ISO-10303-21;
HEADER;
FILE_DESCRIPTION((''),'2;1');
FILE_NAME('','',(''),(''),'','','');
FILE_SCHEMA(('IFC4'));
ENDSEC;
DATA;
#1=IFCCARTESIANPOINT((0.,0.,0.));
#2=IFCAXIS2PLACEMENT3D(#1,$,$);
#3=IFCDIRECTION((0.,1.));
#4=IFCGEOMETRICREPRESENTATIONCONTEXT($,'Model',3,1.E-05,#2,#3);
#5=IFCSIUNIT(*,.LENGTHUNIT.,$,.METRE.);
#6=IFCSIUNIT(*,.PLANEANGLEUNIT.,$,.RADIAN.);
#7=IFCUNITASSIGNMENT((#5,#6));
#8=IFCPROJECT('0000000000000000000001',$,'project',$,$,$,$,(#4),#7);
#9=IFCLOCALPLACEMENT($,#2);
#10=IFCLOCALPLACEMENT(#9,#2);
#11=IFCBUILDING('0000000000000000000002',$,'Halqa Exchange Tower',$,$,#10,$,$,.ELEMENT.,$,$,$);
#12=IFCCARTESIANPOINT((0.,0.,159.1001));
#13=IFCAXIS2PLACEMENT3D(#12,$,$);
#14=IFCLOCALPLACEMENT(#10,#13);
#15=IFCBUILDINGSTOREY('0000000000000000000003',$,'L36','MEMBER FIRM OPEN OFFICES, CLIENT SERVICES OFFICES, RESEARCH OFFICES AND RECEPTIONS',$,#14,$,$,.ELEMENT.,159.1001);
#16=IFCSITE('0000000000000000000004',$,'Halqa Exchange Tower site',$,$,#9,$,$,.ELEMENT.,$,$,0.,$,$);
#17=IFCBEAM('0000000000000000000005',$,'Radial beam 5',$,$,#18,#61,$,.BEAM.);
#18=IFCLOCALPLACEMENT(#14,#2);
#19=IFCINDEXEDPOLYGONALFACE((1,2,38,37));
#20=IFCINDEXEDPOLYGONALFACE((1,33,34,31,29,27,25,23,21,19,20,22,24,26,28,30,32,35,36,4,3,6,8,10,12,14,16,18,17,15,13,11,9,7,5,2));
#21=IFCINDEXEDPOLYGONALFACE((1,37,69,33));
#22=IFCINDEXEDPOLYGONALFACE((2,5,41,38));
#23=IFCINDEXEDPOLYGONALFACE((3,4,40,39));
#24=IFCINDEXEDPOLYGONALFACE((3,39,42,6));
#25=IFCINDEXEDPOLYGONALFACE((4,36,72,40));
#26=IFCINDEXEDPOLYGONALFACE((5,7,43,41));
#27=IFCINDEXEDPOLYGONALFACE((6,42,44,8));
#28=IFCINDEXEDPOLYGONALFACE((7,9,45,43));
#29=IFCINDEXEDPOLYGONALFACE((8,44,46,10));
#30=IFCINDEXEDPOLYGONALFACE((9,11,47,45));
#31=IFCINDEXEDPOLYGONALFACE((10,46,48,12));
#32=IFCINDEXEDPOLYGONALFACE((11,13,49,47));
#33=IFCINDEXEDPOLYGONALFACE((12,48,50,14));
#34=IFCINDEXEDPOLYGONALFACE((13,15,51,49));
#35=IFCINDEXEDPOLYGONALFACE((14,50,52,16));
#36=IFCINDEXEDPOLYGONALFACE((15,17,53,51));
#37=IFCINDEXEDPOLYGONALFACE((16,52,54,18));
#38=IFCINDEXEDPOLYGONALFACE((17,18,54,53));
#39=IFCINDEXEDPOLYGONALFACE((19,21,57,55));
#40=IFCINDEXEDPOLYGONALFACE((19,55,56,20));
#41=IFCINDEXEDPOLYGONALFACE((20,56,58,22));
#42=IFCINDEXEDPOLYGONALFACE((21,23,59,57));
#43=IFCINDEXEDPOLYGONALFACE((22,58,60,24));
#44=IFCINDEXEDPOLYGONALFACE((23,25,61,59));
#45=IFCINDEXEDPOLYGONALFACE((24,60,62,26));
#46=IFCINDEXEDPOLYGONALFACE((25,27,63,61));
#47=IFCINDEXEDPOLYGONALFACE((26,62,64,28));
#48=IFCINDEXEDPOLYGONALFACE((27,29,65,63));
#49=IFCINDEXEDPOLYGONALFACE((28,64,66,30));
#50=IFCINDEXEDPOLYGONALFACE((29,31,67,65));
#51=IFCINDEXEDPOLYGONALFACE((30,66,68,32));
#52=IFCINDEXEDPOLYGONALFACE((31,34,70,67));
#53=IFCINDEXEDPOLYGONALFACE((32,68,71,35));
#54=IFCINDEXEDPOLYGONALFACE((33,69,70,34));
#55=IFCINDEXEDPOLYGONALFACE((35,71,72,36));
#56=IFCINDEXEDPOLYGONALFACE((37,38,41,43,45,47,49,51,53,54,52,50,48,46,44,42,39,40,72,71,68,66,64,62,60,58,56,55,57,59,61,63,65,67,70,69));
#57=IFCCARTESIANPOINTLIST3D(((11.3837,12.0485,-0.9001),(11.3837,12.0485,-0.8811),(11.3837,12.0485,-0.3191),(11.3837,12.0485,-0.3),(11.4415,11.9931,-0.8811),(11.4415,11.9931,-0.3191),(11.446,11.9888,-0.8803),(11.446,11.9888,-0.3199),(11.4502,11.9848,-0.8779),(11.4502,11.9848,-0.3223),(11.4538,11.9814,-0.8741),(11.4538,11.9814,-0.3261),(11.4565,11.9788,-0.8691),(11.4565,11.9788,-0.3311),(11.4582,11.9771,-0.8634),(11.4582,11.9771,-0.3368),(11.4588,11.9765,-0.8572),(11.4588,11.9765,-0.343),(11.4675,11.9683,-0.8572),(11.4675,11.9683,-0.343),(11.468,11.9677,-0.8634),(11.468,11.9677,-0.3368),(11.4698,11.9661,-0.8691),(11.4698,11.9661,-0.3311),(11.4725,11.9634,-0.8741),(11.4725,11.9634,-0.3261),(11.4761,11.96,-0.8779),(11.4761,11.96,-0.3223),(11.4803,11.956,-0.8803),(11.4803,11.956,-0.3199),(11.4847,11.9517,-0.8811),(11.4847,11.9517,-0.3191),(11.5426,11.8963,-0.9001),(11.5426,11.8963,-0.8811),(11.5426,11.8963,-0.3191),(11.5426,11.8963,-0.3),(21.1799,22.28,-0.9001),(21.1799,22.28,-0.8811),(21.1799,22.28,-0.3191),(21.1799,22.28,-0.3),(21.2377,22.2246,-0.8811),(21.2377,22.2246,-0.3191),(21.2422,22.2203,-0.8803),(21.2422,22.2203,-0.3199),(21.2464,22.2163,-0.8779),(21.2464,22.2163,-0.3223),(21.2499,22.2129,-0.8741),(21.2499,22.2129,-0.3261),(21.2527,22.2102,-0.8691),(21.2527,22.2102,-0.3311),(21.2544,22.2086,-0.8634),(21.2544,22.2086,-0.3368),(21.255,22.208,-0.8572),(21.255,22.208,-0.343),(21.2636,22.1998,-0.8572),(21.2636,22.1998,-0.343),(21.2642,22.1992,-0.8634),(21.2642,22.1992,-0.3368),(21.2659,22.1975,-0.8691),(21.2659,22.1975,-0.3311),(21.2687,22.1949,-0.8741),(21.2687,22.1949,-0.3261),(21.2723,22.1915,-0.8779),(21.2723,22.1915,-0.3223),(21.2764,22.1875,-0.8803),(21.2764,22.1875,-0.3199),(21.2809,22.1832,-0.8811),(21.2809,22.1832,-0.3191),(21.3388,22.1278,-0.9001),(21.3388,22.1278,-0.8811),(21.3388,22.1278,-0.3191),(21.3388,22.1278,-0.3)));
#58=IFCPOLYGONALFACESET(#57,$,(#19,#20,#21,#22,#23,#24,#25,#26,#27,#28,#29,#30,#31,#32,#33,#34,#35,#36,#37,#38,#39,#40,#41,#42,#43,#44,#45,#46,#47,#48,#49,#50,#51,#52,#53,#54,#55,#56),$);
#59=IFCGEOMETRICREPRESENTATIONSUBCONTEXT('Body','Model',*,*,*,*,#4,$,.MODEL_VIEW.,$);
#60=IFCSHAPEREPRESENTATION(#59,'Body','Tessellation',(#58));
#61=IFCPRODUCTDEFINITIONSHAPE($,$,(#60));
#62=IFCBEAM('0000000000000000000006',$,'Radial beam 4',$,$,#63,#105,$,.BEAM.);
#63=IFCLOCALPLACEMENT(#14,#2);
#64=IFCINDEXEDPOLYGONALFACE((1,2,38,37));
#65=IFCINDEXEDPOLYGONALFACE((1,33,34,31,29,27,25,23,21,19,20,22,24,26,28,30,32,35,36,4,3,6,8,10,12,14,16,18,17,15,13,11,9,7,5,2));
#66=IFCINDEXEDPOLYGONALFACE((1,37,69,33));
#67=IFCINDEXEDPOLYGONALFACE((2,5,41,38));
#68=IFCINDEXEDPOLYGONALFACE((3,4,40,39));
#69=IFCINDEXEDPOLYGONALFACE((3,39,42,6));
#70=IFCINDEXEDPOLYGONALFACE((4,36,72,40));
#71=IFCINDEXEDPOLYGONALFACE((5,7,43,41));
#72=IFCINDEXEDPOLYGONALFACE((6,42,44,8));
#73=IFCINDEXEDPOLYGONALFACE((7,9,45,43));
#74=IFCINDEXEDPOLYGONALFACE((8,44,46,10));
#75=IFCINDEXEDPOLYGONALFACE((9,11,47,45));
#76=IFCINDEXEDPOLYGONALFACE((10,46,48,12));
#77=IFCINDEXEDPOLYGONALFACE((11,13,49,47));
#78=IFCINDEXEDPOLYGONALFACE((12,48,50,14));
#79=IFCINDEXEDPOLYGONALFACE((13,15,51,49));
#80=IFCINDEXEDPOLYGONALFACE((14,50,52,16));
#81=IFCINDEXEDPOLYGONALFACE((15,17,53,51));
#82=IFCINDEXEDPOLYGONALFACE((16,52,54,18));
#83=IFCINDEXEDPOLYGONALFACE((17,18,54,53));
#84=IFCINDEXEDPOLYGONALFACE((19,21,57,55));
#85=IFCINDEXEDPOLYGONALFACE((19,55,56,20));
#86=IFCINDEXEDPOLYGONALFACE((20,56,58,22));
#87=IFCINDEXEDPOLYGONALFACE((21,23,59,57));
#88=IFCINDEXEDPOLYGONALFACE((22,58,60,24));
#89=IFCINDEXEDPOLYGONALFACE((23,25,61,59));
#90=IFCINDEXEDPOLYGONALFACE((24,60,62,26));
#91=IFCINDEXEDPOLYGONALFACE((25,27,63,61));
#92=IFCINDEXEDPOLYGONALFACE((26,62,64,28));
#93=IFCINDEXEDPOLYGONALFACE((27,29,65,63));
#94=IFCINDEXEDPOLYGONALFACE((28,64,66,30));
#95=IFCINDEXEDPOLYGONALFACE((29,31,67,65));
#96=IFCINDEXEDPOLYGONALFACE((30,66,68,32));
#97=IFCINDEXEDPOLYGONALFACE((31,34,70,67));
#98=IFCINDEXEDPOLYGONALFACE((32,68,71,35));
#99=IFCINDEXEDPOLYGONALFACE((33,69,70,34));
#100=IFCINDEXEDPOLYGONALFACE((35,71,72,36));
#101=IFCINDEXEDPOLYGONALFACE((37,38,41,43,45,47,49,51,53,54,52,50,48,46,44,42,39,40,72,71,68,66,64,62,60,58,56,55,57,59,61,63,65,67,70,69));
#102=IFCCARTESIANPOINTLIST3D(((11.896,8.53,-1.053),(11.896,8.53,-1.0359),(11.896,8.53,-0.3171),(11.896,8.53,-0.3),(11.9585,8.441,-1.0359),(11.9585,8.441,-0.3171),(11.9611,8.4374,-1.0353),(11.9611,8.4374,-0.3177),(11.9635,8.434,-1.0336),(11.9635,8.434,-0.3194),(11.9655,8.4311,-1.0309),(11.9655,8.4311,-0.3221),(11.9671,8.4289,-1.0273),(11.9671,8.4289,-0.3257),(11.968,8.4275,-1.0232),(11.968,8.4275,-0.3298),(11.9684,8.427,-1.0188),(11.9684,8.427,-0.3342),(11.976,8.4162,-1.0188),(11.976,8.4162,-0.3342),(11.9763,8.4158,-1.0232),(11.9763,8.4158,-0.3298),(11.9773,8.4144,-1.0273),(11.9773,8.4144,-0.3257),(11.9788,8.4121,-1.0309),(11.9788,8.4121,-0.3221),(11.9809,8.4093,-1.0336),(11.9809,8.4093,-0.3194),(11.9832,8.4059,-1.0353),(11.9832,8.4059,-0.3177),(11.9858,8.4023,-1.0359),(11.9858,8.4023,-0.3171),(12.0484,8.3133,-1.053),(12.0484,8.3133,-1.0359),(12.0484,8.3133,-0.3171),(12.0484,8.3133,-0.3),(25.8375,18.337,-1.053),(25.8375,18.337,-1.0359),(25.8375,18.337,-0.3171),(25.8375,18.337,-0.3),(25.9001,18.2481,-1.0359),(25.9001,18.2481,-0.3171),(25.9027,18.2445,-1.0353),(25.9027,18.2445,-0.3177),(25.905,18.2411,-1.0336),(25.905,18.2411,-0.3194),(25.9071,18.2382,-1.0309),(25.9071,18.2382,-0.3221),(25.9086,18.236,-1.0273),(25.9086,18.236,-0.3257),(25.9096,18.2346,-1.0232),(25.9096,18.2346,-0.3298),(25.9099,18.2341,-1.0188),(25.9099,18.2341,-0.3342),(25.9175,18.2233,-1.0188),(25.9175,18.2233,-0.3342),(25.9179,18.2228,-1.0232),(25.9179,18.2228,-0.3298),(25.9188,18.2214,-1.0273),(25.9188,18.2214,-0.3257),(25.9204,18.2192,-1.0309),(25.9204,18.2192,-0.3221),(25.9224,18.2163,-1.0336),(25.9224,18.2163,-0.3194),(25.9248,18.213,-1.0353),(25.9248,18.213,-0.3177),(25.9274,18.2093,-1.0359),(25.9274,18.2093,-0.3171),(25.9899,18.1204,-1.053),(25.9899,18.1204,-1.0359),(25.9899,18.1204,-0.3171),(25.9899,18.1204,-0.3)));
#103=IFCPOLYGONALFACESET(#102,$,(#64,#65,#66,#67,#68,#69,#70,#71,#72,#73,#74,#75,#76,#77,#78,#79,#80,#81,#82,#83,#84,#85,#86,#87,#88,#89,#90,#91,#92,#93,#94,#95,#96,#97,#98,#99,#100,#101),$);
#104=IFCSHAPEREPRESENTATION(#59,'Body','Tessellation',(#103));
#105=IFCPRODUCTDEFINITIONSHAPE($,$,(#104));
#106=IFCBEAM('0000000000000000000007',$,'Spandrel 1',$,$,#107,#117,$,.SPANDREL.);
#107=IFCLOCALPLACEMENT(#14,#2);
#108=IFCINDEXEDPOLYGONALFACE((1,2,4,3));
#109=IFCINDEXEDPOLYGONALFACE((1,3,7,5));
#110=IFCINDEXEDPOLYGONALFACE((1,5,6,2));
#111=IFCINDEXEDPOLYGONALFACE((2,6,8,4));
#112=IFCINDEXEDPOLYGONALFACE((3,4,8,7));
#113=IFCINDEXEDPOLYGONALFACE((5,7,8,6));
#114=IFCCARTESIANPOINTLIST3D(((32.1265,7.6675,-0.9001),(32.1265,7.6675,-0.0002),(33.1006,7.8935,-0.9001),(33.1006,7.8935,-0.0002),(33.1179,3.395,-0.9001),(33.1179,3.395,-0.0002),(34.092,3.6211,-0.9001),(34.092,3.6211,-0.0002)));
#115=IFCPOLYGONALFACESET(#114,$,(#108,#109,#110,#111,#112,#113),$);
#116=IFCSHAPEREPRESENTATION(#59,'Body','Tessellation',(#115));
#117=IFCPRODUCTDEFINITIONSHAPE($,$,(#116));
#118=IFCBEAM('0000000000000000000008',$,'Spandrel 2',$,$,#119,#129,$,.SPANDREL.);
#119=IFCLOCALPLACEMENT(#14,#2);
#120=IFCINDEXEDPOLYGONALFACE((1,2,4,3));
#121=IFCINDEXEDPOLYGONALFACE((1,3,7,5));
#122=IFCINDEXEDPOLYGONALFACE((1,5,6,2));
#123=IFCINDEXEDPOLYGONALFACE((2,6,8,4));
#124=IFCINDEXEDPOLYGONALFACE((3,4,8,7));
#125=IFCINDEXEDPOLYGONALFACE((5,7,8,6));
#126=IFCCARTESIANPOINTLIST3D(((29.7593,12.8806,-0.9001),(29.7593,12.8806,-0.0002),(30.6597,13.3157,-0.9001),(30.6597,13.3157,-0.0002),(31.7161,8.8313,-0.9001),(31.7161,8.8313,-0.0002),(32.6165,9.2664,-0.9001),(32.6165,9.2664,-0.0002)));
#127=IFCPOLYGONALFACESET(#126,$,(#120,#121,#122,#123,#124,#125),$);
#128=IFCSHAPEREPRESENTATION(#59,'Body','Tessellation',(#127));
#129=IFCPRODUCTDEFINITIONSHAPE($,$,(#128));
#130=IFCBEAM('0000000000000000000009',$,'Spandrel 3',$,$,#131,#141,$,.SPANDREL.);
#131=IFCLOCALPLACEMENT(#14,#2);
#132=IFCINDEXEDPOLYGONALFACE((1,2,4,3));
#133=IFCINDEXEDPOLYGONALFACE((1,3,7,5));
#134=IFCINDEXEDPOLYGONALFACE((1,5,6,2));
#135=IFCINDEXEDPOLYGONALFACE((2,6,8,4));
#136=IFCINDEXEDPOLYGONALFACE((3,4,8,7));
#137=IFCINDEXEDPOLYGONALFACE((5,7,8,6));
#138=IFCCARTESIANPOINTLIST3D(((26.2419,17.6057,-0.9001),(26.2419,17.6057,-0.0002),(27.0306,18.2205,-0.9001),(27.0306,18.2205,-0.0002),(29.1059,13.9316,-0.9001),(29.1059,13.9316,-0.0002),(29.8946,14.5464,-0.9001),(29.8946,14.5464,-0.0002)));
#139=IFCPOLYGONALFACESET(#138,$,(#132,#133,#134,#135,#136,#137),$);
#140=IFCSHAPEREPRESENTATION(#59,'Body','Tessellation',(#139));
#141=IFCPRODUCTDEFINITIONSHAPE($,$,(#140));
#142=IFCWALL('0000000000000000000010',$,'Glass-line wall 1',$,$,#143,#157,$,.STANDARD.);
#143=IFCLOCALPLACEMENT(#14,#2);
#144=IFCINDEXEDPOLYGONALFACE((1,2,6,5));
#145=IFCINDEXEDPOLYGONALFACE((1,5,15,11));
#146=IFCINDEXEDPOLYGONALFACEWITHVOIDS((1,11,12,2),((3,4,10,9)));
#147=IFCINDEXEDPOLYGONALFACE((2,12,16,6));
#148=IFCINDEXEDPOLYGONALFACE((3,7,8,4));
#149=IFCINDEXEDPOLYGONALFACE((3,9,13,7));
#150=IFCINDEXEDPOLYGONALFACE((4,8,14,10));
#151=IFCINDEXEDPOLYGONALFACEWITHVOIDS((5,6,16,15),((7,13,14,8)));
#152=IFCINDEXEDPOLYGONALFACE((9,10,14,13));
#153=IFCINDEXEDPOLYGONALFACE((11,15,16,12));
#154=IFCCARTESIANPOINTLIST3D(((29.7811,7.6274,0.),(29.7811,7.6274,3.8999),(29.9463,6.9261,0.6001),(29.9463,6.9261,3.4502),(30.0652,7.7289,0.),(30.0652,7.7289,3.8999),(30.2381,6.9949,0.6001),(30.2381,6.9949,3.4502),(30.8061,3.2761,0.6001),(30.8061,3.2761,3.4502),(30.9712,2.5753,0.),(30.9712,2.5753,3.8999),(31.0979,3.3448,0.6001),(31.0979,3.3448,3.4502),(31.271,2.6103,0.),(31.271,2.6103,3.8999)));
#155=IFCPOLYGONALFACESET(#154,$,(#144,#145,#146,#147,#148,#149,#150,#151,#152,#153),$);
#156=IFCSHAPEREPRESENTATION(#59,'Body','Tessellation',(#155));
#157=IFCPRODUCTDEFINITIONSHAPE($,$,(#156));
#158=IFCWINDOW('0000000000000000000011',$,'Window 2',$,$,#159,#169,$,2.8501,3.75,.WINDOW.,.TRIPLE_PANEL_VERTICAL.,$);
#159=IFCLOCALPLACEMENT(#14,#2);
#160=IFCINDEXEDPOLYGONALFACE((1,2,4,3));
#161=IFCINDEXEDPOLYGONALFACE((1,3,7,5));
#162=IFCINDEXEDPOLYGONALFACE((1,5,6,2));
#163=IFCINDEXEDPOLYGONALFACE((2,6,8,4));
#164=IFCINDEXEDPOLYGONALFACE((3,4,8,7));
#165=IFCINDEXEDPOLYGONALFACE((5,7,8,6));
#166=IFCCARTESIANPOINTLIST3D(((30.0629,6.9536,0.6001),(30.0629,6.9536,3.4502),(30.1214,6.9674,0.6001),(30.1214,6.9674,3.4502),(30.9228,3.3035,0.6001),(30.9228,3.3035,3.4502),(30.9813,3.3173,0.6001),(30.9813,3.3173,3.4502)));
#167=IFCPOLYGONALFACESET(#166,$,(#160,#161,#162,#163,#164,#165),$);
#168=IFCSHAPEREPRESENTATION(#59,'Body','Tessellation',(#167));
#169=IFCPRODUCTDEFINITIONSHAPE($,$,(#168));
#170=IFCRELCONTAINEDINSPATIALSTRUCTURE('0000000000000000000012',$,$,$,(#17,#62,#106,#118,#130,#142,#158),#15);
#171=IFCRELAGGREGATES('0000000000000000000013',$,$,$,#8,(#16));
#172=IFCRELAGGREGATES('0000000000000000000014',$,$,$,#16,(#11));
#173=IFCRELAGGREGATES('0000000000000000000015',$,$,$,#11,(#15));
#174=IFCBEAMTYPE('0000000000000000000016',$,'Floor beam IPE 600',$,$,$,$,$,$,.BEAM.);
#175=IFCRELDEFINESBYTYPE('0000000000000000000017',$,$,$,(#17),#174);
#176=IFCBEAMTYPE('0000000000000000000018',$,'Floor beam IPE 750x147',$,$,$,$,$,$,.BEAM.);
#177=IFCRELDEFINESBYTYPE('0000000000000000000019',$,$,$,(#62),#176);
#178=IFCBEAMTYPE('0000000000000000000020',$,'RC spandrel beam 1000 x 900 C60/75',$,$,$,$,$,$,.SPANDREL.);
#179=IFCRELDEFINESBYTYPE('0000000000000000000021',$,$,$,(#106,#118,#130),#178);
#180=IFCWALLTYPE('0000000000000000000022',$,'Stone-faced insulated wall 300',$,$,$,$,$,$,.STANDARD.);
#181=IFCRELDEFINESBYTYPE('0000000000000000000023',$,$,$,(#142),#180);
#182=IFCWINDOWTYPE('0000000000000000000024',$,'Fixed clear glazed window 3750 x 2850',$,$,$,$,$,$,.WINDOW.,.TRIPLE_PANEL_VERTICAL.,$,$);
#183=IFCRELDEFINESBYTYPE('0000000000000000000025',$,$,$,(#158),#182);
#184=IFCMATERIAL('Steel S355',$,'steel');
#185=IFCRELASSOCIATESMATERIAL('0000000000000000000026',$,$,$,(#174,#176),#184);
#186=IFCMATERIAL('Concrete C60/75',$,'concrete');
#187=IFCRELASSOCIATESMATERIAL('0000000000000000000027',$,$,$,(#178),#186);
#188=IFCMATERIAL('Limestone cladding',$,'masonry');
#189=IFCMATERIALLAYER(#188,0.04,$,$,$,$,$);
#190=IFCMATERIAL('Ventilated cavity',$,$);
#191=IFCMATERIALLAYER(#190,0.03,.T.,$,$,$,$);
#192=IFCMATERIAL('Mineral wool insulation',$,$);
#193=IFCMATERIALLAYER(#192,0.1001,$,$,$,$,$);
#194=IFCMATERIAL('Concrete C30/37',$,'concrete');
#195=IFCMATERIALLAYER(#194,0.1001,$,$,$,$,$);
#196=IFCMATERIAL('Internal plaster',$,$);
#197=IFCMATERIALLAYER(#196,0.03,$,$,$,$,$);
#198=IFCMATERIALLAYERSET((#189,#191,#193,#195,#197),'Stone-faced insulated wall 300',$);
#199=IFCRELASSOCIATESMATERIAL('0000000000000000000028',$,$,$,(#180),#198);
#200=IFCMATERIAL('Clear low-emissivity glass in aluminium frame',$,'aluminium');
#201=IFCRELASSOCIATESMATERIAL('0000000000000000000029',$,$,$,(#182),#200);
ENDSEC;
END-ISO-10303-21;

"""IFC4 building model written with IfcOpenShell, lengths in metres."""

from ifc_helpers import new_model, si_unit, direction, frame, frame_2d, origin, origin_2d, place, context, subcontext, project, spatial, polyline, rectangle, i_section, outline, extrude, material, layer, layer_set, material_profile, profile_set, type_object, element, fill, save


model = new_model("IFC4")

# Units and contexts
model_context = context("Model", 3, precision=1e-05, world=origin(), true_north=direction((0.0, 1.0)))
body_context = subcontext(model_context, "Body", "Model", "MODEL_VIEW")
ifc_project = project(units=[si_unit("LENGTHUNIT", "METRE"), si_unit("PLANEANGLEUNIT", "RADIAN")], contexts=[model_context])

# Site, building, storey
site_placement = place(None, origin())
site = spatial("IfcSite", under=ifc_project, at=site_placement, Name="Halqa Exchange Tower site", CompositionType="ELEMENT", RefElevation=0.0)
building_placement = place(site_placement, origin())
building = spatial("IfcBuilding", under=site, at=building_placement, Name="Halqa Exchange Tower", CompositionType="ELEMENT")
storey_placement = place(building_placement, frame((0.0, 0.0, 159.1001)))
storey = spatial("IfcBuildingStorey", under=building, at=storey_placement, Name="L36", Description="MEMBER FIRM OPEN OFFICES, CLIENT SERVICES OFFICES, RESEARCH OFFICES AND RECEPTIONS", CompositionType="ELEMENT", Elevation=159.1001)

# Beams
ifc_material_1 = material(Name="Steel S355", Category="steel")
ifc_material_profile_1 = material_profile(ifc_material_1, i_section(OverallWidth=0.22, OverallDepth=0.6001, WebThickness=0.012, FlangeThickness=0.019, FilletRadius=0.0239, at=origin_2d()), Name="IPE 600")
ifc_profile_set_1 = profile_set([ifc_material_profile_1], Name="Steel S355")
beam_type_1 = type_object("IfcBeamType", Name="Floor beam IPE 600", PredefinedType="BEAM", material=ifc_profile_set_1)
beam_1_placement = place(storey_placement, frame((11.4631, 11.9724, -0.6001), z_axis=(0.691574, 0.722305, 0.0), x_axis=(-0.722305, 0.691574, 0.0)))
element("IfcBeam", 1, at=beam_1_placement, inside=storey, type_object=beam_type_1, Name="Radial beam 5", PredefinedType="BEAM", context=body_context, shape_type="SweptSolid", body=[
    extrude(i_section(OverallWidth=0.22, OverallDepth=0.6001, WebThickness=0.012, FlangeThickness=0.019, FilletRadius=0.0239, at=origin_2d()), origin(), (0.0, 0.0, 1.0), 14.165),
])
ifc_material_profile_2 = material_profile(ifc_material_1, i_section(OverallWidth=0.2649, OverallDepth=0.7529, WebThickness=0.0132, FlangeThickness=0.0171, FilletRadius=0.0171, at=origin_2d()), Name="IPE 750x147")
ifc_profile_set_2 = profile_set([ifc_material_profile_2], Name="Steel S355")
beam_type_2 = type_object("IfcBeamType", Name="Floor beam IPE 750x147", PredefinedType="BEAM", material=ifc_profile_set_2)
beam_2_placement = place(storey_placement, frame((11.9722, 8.4216, -0.6765), z_axis=(0.817908, 0.57535, 0.0), x_axis=(-0.57535, 0.817908, 0.0)))
element("IfcBeam", 2, at=beam_2_placement, inside=storey, type_object=beam_type_2, Name="Radial beam 4", PredefinedType="BEAM", context=body_context, shape_type="SweptSolid", body=[
    extrude(i_section(OverallWidth=0.2649, OverallDepth=0.7529, WebThickness=0.0132, FlangeThickness=0.0171, FilletRadius=0.0171, at=origin_2d()), origin(), (0.0, 0.0, 1.0), 17.0454),
])
ifc_material_2 = material(Name="Concrete C60/75", Category="concrete")
ifc_material_profile_3 = material_profile(ifc_material_2, rectangle(XDim=1.0, YDim=0.8999, at=origin_2d()), Name="1000 x 900")
ifc_profile_set_3 = profile_set([ifc_material_profile_3], Name="Concrete C60/75")
beam_type_3 = type_object("IfcBeamType", Name="RC spandrel beam 1000 x 900 C60/75", PredefinedType="SPANDREL", material=ifc_profile_set_3)
beam_3_placement = place(storey_placement, frame((33.605, 3.5081, -0.4502), z_axis=(-0.22605, 0.974116, 0.0), x_axis=(-0.974116, -0.22605, 0.0)))
element("IfcBeam", 3, at=beam_3_placement, inside=storey, type_object=beam_type_3, Name="Spandrel 1", PredefinedType="SPANDREL", context=body_context, shape_type="SweptSolid", body=[
    extrude(rectangle(XDim=1.0, YDim=0.8999, at=origin_2d()), origin(), (0.0, 0.0, 1.0), 4.386),
])
beam_4_placement = place(storey_placement, frame((32.1663, 9.0488, -0.4502), z_axis=(-0.4351, 0.900382, 0.0), x_axis=(-0.900382, -0.4351, 0.0)))
element("IfcBeam", 4, at=beam_4_placement, inside=storey, type_object=beam_type_3, Name="Spandrel 2", PredefinedType="SPANDREL", context=body_context, shape_type="SweptSolid", body=[
    extrude(rectangle(XDim=1.0, YDim=0.8999, at=origin_2d()), origin(), (0.0, 0.0, 1.0), 4.4973),
])
beam_5_placement = place(storey_placement, frame((29.5002, 14.239, -0.4502), z_axis=(-0.614797, 0.788686, 0.0), x_axis=(-0.788686, -0.614797, 0.0)))
element("IfcBeam", 5, at=beam_5_placement, inside=storey, type_object=beam_type_3, Name="Spandrel 3", PredefinedType="SPANDREL", context=body_context, shape_type="SweptSolid", body=[
    extrude(rectangle(XDim=1.0, YDim=0.8999, at=origin_2d()), origin(), (0.0, 0.0, 1.0), 4.6584),
])

# Wall, opening, window
ifc_material_3 = material(Name="Limestone cladding", Category="masonry")
ifc_layer_1 = layer(ifc_material_3, 0.04)
ifc_material_4 = material(Name="Ventilated cavity")
ifc_layer_2 = layer(ifc_material_4, 0.03, ventilated=True)
ifc_material_5 = material(Name="Mineral wool insulation")
ifc_layer_3 = layer(ifc_material_5, 0.1001)
ifc_material_6 = material(Name="Concrete C30/37", Category="concrete")
ifc_layer_4 = layer(ifc_material_6, 0.1001)
ifc_material_7 = material(Name="Internal plaster")
ifc_layer_5 = layer(ifc_material_7, 0.03)
ifc_layer_set = layer_set([ifc_layer_1, ifc_layer_2, ifc_layer_3, ifc_layer_4, ifc_layer_5], Name="Stone-faced insulated wall 300")
wall_type = type_object("IfcWallType", Name="Stone-faced insulated wall 300", PredefinedType="STANDARD", material=ifc_layer_set)
wall_1_placement = place(storey_placement, frame((31.1211, 2.5928, 0.0), z_axis=(0.0, 0.0, 1.0), x_axis=(-0.229297, 0.973356, 0.0)))
wall_1 = element("IfcWall", 6, at=wall_1_placement, inside=storey, type_object=wall_type, Name="Glass-line wall 1", PredefinedType="STANDARD", context=body_context, shape_type="SweptSolid", body=[
    extrude(outline(polyline([(-0.0173, -0.1499), (5.2415, -0.1499), (5.2078, 0.1499), (0.0173, 0.1499), (-0.0173, -0.1499)])), origin(), (0.0, 0.0, 1.0), 3.8999),
])
opening_1_placement = place(wall_1_placement, frame((0.7373, 0.0, 0.6001)))
opening_1 = element("IfcOpeningElement", 7, at=opening_1_placement, cuts=wall_1, PredefinedType="OPENING", context=body_context, shape_type="SweptSolid", body=[
    extrude(rectangle(XDim=3.75, YDim=2.8501, at=frame_2d((1.875, 1.425))), frame((0.0, 0.1621, 0.0), z_axis=(0.0, -1.0, 0.0), x_axis=(1.0, 0.0, 0.0)), (0.0, 0.0, 1.0), 0.324),
])
ifc_material_8 = material(Name="Clear low-emissivity glass in aluminium frame", Category="aluminium")
window_type = type_object("IfcWindowType", Name="Fixed clear glazed window 3750 x 2850", PartitioningType="TRIPLE_PANEL_VERTICAL", PredefinedType="WINDOW", material=ifc_material_8)
window_1_placement = place(opening_1_placement, origin())
window_1 = element("IfcWindow", 8, at=window_1_placement, inside=storey, type_object=window_type, Name="Window 2", OverallHeight=2.8501, OverallWidth=3.75, PartitioningType="TRIPLE_PANEL_VERTICAL", PredefinedType="WINDOW", context=body_context, shape_type="SweptSolid", body=[
    extrude(rectangle(XDim=3.75, YDim=2.8501, at=frame_2d((1.875, 1.425))), frame((0.0, 0.03, 0.0), z_axis=(0.0, -1.0, 0.0), x_axis=(1.0, 0.0, 0.0)), (0.0, 0.0, 1.0), 0.0601),
])
fill(opening_1, window_1)

save(model, "model.ifc")
